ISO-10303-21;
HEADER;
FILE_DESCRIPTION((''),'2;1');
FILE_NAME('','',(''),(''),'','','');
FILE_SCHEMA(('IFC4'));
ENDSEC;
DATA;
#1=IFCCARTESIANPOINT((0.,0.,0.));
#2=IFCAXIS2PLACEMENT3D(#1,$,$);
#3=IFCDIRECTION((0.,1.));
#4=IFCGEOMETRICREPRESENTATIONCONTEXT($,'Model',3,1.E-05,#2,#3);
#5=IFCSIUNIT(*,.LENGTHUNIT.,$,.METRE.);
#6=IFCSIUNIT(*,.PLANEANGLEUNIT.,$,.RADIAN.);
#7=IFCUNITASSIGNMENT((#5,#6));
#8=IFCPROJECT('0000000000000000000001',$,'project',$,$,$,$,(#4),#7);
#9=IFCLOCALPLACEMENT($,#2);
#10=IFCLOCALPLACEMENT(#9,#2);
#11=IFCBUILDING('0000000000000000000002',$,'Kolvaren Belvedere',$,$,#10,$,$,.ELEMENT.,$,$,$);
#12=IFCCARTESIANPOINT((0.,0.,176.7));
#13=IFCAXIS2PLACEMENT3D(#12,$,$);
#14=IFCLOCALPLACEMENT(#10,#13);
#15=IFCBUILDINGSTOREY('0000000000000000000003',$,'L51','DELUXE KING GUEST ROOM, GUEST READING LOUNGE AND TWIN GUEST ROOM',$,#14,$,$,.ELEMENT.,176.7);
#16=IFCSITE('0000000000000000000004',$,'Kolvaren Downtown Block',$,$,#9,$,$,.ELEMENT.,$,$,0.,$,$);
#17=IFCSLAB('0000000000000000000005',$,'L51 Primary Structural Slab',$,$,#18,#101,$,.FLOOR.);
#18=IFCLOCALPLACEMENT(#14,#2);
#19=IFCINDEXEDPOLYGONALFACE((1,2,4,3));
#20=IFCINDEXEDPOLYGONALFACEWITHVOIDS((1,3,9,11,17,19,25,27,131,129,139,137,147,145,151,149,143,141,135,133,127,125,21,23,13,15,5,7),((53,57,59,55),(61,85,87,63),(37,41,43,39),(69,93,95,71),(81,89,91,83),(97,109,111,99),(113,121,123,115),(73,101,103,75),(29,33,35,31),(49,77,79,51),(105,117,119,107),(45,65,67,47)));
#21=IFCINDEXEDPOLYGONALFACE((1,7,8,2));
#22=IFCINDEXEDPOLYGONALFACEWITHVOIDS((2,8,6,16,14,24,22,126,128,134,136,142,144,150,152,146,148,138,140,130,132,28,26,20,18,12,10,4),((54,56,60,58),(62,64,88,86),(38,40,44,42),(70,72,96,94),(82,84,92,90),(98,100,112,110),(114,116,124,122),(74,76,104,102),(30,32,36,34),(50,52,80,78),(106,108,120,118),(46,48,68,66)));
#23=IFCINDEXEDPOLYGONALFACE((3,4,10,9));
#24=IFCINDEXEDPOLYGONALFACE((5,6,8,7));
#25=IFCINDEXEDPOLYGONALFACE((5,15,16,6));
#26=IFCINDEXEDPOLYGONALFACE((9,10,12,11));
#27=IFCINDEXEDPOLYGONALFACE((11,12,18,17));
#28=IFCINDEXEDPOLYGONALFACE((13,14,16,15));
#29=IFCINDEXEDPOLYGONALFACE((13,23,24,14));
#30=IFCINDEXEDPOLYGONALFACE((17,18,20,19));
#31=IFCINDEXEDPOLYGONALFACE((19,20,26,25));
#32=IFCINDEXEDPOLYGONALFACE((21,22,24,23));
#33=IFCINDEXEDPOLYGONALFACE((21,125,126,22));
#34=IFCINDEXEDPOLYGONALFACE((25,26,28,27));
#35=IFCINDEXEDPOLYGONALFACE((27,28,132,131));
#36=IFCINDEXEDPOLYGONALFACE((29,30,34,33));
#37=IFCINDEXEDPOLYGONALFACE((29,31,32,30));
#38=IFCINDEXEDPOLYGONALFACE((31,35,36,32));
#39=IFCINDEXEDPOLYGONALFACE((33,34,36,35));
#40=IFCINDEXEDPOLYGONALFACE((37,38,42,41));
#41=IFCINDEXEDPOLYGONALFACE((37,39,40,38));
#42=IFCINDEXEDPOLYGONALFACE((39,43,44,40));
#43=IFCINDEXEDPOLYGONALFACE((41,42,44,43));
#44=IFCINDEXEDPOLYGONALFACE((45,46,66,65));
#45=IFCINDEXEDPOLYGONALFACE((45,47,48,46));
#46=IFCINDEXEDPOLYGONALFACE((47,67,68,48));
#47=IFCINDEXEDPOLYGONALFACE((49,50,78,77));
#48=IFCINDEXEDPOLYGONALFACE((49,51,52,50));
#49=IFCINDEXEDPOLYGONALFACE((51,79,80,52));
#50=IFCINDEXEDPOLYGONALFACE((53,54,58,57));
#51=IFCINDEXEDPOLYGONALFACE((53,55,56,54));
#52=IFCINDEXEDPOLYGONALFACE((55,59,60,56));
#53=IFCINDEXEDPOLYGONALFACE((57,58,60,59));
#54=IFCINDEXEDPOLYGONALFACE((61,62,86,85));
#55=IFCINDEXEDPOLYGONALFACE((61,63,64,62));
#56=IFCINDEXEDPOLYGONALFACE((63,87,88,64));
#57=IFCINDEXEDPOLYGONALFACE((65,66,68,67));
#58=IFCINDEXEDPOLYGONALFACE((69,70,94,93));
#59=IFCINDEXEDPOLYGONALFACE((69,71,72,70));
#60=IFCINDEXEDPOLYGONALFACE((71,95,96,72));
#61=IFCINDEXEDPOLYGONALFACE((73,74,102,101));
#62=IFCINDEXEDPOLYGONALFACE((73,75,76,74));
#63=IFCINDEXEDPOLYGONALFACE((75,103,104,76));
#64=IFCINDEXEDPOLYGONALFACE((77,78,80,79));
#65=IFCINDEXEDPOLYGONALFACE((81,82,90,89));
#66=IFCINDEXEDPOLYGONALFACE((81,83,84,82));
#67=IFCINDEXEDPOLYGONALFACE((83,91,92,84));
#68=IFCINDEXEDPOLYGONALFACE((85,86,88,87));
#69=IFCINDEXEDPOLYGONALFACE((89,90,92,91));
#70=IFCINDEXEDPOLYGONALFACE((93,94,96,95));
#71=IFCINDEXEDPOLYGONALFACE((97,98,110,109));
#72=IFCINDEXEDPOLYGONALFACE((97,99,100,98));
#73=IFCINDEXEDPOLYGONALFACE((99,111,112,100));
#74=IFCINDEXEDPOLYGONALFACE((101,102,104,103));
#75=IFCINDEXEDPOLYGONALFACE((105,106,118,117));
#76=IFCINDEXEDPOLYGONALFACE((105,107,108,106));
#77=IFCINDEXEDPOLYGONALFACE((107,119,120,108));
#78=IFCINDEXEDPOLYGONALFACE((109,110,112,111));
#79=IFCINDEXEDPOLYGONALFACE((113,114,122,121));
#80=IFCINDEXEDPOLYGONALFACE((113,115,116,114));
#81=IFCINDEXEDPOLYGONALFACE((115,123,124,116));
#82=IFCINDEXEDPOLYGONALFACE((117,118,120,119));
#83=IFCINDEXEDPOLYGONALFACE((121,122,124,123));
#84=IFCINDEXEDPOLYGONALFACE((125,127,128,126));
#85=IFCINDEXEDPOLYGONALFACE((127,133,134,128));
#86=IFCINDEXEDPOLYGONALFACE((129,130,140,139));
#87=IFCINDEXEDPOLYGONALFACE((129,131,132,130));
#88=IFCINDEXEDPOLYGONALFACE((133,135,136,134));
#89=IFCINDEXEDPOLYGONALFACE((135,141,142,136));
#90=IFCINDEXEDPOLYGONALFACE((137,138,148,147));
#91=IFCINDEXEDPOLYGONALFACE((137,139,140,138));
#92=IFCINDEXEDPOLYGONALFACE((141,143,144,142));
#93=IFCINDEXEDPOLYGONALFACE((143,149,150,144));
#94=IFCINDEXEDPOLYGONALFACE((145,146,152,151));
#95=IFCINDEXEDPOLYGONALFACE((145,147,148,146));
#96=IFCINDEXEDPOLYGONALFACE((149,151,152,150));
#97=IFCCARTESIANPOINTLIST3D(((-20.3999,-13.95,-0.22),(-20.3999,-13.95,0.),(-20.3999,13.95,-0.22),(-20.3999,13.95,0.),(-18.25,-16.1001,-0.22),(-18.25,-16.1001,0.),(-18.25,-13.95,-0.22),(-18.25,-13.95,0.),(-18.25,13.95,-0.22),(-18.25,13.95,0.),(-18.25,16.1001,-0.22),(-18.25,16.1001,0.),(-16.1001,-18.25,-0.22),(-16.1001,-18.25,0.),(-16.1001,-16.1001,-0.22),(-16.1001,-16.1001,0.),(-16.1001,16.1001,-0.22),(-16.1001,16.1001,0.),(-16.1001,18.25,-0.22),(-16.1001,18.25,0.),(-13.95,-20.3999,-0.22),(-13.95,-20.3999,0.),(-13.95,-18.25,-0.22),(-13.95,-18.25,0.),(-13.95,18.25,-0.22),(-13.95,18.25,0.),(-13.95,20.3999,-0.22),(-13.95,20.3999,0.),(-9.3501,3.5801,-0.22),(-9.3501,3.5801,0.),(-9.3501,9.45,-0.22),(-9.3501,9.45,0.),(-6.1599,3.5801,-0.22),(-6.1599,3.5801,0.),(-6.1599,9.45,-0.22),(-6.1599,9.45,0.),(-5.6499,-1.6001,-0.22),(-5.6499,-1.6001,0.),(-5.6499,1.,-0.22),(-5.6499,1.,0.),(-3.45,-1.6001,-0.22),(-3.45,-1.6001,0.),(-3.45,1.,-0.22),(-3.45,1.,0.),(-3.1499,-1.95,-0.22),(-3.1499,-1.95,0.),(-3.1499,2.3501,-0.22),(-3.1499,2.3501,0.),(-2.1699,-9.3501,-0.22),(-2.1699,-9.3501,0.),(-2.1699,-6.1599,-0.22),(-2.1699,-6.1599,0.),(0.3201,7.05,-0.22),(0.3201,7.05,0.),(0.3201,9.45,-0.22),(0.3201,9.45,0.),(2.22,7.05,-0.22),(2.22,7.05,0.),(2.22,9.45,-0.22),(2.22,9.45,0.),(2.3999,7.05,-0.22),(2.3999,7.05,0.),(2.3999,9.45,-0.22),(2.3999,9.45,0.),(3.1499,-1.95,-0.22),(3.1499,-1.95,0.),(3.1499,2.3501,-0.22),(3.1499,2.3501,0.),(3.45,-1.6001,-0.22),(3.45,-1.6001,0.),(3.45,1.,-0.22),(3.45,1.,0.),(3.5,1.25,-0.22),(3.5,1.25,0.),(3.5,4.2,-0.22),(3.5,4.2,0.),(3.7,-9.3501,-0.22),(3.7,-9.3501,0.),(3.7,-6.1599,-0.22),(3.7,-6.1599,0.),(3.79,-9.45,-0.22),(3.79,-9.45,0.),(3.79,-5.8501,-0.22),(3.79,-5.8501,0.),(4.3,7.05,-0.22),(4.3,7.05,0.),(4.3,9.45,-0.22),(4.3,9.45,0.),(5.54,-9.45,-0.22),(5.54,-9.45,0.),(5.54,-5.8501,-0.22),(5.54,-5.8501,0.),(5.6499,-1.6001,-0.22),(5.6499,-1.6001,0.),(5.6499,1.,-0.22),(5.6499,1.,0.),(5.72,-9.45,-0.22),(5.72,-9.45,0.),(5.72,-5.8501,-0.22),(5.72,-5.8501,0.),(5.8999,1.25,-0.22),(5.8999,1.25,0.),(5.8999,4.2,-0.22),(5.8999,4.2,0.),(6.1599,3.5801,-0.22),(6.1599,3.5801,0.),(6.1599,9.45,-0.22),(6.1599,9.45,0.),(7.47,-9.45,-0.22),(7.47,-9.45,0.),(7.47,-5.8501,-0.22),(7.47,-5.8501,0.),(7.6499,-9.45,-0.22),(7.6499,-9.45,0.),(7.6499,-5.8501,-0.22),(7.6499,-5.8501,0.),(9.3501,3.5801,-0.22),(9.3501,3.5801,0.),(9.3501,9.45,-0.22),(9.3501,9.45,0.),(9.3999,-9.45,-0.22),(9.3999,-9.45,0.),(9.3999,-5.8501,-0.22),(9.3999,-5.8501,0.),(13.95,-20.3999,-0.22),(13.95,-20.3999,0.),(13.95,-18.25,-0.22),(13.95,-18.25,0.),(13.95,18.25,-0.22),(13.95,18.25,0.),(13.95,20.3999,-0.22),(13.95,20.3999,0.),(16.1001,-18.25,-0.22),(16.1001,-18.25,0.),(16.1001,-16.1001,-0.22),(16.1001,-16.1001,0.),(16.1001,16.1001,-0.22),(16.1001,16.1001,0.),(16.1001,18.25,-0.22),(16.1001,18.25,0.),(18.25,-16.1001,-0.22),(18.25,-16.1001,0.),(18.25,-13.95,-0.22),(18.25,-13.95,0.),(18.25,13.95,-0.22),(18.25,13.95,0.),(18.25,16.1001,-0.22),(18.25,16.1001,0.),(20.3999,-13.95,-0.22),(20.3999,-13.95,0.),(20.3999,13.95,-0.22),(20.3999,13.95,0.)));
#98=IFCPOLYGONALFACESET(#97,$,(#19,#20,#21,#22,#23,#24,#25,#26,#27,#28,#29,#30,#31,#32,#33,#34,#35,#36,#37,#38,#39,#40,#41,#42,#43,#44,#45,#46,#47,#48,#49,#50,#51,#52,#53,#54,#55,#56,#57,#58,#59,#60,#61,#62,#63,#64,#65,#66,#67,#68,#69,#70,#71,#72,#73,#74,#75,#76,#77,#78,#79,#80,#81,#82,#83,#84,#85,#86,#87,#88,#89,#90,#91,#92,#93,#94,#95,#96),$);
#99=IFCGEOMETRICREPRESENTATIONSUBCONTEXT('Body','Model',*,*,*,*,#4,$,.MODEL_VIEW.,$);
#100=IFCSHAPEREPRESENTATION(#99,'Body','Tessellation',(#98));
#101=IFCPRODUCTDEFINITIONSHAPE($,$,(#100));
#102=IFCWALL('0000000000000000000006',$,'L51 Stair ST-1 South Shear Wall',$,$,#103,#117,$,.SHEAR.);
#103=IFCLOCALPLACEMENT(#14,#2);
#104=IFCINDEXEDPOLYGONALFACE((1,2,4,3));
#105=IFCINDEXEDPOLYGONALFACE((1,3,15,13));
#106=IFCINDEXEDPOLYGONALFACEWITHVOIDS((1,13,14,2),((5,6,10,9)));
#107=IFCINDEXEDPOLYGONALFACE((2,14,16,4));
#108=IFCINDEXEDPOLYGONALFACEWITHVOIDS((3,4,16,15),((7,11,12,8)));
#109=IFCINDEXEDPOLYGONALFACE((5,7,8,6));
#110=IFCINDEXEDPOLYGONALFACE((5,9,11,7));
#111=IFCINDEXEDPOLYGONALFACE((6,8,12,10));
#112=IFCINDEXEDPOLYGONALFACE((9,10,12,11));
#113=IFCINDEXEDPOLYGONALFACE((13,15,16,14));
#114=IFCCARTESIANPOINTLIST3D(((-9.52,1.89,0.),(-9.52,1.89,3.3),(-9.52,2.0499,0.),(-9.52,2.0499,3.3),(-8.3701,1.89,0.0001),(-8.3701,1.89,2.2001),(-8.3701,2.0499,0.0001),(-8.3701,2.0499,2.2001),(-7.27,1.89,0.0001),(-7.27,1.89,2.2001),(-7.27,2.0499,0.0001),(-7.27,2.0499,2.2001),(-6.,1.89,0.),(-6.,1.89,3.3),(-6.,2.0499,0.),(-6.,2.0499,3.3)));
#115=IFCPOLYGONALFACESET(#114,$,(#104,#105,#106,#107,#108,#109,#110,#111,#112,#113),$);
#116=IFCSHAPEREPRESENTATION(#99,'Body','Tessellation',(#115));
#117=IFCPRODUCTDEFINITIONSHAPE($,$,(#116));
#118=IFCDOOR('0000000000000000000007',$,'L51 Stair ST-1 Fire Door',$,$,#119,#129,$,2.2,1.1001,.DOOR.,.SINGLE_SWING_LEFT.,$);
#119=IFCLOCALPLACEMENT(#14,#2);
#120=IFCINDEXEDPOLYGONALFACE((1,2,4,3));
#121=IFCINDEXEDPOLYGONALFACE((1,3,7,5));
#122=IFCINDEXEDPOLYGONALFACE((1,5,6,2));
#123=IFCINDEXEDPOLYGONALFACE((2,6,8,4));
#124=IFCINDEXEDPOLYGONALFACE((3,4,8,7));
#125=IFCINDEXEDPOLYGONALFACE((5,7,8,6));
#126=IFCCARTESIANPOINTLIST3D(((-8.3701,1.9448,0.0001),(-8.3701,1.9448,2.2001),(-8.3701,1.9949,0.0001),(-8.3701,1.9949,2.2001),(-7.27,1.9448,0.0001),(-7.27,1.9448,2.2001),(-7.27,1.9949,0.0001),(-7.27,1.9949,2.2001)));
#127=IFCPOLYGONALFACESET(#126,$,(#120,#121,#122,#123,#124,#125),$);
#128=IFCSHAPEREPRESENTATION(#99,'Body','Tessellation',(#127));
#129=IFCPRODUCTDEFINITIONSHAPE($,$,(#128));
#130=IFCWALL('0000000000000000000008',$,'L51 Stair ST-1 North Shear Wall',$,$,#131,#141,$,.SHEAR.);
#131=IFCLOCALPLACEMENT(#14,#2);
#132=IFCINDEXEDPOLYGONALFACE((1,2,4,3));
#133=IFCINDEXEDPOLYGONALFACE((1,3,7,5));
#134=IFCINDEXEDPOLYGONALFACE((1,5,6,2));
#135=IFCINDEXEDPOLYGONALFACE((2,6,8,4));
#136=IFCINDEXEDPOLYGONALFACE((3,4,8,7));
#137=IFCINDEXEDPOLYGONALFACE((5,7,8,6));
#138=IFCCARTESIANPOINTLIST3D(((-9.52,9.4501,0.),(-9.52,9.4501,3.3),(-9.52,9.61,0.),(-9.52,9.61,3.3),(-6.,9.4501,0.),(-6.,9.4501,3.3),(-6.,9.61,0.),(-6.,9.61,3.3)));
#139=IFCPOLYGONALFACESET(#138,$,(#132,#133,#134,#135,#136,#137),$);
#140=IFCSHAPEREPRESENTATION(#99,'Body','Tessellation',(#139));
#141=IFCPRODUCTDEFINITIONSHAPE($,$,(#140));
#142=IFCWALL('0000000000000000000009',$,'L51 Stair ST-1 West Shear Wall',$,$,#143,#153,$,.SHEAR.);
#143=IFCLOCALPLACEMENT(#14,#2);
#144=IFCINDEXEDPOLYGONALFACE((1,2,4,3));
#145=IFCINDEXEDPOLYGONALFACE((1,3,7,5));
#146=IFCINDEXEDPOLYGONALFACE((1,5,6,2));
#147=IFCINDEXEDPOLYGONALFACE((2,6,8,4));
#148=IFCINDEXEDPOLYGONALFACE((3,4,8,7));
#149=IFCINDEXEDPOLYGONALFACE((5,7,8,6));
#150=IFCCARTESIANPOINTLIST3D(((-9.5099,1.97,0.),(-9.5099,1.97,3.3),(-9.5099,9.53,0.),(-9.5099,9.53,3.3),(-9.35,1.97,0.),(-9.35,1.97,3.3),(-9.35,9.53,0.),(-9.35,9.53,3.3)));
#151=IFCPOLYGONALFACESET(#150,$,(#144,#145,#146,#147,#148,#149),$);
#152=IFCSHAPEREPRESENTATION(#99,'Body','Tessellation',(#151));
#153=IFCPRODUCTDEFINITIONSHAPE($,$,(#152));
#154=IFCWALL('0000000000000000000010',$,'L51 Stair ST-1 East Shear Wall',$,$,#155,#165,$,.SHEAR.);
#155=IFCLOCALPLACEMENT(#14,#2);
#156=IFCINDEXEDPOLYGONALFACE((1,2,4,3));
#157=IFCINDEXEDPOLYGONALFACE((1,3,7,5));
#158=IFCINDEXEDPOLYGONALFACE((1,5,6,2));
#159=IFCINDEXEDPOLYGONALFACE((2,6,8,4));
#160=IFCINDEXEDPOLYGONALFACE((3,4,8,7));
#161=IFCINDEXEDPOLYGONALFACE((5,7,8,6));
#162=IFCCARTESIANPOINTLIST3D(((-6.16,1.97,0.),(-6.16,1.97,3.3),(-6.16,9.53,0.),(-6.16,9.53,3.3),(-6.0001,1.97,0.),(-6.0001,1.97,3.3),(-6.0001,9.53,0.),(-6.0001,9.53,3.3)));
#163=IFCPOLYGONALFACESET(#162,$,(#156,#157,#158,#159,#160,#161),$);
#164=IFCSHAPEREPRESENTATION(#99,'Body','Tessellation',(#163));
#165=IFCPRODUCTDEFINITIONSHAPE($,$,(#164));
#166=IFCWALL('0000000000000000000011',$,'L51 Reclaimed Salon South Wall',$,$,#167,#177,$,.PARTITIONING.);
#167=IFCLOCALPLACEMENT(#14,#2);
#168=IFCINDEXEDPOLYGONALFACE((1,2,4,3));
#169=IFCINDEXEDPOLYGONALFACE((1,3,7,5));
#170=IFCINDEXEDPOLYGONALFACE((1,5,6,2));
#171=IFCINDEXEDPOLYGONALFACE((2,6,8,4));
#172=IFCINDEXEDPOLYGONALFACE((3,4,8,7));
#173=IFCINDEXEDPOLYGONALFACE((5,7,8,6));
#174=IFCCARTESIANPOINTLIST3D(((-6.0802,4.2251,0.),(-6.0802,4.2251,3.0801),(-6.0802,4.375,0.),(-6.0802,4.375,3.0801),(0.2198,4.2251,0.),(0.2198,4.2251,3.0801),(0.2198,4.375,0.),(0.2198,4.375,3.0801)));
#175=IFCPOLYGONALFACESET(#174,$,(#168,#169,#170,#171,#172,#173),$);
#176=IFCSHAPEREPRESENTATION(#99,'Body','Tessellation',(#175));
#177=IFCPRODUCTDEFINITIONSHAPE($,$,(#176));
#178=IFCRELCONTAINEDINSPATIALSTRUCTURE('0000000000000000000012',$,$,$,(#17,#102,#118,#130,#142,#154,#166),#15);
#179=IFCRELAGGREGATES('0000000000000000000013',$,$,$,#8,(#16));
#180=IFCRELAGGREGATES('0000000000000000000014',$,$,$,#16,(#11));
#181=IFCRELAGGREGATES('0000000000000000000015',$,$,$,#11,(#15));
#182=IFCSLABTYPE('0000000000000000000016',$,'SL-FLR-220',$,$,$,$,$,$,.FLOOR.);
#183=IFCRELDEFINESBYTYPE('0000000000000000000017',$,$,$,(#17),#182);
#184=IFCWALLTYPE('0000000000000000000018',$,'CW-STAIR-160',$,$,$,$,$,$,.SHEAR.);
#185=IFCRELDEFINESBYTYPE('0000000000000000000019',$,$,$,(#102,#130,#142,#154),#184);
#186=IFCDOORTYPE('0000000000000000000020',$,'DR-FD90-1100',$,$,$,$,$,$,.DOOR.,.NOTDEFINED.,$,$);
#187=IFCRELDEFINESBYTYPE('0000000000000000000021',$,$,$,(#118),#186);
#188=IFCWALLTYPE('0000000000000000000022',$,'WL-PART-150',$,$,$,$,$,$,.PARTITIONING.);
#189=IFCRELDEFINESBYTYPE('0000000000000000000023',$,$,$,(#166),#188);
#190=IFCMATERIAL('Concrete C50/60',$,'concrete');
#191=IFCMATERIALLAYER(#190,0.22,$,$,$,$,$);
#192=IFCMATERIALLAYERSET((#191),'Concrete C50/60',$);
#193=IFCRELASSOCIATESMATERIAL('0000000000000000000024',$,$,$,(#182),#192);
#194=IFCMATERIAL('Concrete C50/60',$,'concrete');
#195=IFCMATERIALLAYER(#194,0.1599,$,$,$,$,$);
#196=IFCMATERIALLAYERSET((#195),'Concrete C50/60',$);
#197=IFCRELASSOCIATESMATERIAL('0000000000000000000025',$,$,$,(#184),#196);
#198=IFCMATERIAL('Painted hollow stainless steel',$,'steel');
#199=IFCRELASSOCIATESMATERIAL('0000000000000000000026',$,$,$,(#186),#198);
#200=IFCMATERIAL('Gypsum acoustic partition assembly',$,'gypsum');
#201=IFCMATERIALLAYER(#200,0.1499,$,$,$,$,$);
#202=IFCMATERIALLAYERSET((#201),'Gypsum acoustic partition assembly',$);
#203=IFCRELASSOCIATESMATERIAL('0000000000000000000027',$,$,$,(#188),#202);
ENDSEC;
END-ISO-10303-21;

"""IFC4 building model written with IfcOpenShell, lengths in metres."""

from ifc_helpers import new_model, si_unit, direction, frame, frame_2d, origin, place, context, subcontext, project, spatial, polyline, rectangle, outline, extrude, material, layer, layer_set, type_object, element, fill, save


model = new_model("IFC4")

# Units and contexts
model_context = context("Model", 3, precision=1e-05, world=origin(), true_north=direction((0.0, 1.0)))
body_context = subcontext(model_context, "Body", "Model", "MODEL_VIEW")
ifc_project = project(units=[si_unit("LENGTHUNIT", "METRE"), si_unit("PLANEANGLEUNIT", "RADIAN")], contexts=[model_context])

# Site, building, storey
site_placement = place(None, origin())
site = spatial("IfcSite", under=ifc_project, at=site_placement, Name="Kolvaren Downtown Block", CompositionType="ELEMENT", RefElevation=0.0)
building_placement = place(site_placement, origin())
building = spatial("IfcBuilding", under=site, at=building_placement, Name="Kolvaren Belvedere", CompositionType="ELEMENT")
storey_placement = place(building_placement, frame((0.0, 0.0, 176.7)))
storey = spatial("IfcBuildingStorey", under=building, at=storey_placement, Name="L51", Description="DELUXE KING GUEST ROOM, GUEST READING LOUNGE AND TWIN GUEST ROOM", CompositionType="ELEMENT", Elevation=176.7)

# Slab
ifc_material_1 = material(Name="Concrete C50/60", Category="concrete")
ifc_layer_1 = layer(ifc_material_1, 0.22)
ifc_layer_set_1 = layer_set([ifc_layer_1], Name="Concrete C50/60")
slab_type_1 = type_object("IfcSlabType", Name="SL-FLR-220", PredefinedType="FLOOR", material=ifc_layer_set_1)
slab_1_placement = place(storey_placement, frame((0.0, 0.0, -0.22)))
element("IfcSlab", 1, at=slab_1_placement, inside=storey, type_object=slab_type_1, Name="L51 Primary Structural Slab", PredefinedType="FLOOR", context=body_context, shape_type="SweptSolid", body=[
    extrude(outline(polyline([(-13.95, -20.3999), (13.95, -20.3999), (13.95, -18.25), (16.1001, -18.25), (16.1001, -16.1001), (18.25, -16.1001), (18.25, -13.95), (20.3999, -13.95), (20.3999, 13.95), (18.25, 13.95), (18.25, 16.1001), (16.1001, 16.1001), (16.1001, 18.25), (13.95, 18.25), (13.95, 20.3999), (-13.95, 20.3999), (-13.95, 18.25), (-16.1001, 18.25), (-16.1001, 16.1001), (-18.25, 16.1001), (-18.25, 13.95), (-20.3999, 13.95), (-20.3999, -13.95), (-18.25, -13.95), (-18.25, -16.1001), (-16.1001, -16.1001), (-16.1001, -18.25), (-13.95, -18.25), (-13.95, -20.3999)]), holes=[polyline([(-9.3501, 3.5801), (-6.1599, 3.5801), (-6.1599, 9.45), (-9.3501, 9.45), (-9.3501, 3.5801)]), polyline([(6.1599, 3.5801), (9.3501, 3.5801), (9.3501, 9.45), (6.1599, 9.45), (6.1599, 3.5801)]), polyline([(-2.1699, -9.3501), (3.7, -9.3501), (3.7, -6.1599), (-2.1699, -6.1599), (-2.1699, -9.3501)]), polyline([(-5.6499, -1.6001), (-3.45, -1.6001), (-3.45, 1.0), (-5.6499, 1.0), (-5.6499, -1.6001)]), polyline([(3.5, 1.25), (5.8999, 1.25), (5.8999, 4.2), (3.5, 4.2), (3.5, 1.25)]), polyline([(3.45, -1.6001), (5.6499, -1.6001), (5.6499, 1.0), (3.45, 1.0), (3.45, -1.6001)]), polyline([(3.79, -9.45), (5.54, -9.45), (5.54, -5.8501), (3.79, -5.8501), (3.79, -9.45)]), polyline([(5.72, -9.45), (7.47, -9.45), (7.47, -5.8501), (5.72, -5.8501), (5.72, -9.45)]), polyline([(7.6499, -9.45), (9.3999, -9.45), (9.3999, -5.8501), (7.6499, -5.8501), (7.6499, -9.45)]), polyline([(0.3201, 7.05), (2.22, 7.05), (2.22, 9.45), (0.3201, 9.45), (0.3201, 7.05)]), polyline([(2.3999, 7.05), (4.3, 7.05), (4.3, 9.45), (2.3999, 9.45), (2.3999, 7.05)]), polyline([(-3.1499, -1.95), (3.1499, -1.95), (3.1499, 2.3501), (-3.1499, 2.3501), (-3.1499, -1.95)])]), origin(), (0.0, 0.0, 1.0), 0.22),
])

# Wall, opening, door
ifc_material_2 = material(Name="Concrete C50/60", Category="concrete")
ifc_layer_2 = layer(ifc_material_2, 0.1599)
ifc_layer_set_2 = layer_set([ifc_layer_2], Name="Concrete C50/60")
wall_type_1 = type_object("IfcWallType", Name="CW-STAIR-160", PredefinedType="SHEAR", material=ifc_layer_set_2)
wall_1_placement = place(storey_placement, frame((-9.52, 1.97, 0.0), z_axis=(0.0, 0.0, 1.0), x_axis=(1.0, 0.0, 0.0)))
wall_1 = element("IfcWall", 2, at=wall_1_placement, inside=storey, type_object=wall_type_1, Name="L51 Stair ST-1 South Shear Wall", PredefinedType="SHEAR", context=body_context, shape_type="SweptSolid", body=[
    extrude(rectangle(XDim=3.52, YDim=0.1599, at=frame_2d((1.76, 0.0))), origin(), (0.0, 0.0, 1.0), 3.3),
])
opening_1_placement = place(wall_1_placement, frame((1.1499, 0.0, 0.0)))
opening_1 = element("IfcOpeningElement", 3, at=opening_1_placement, cuts=wall_1, PredefinedType="OPENING", context=body_context, shape_type="SweptSolid", body=[
    extrude(rectangle(XDim=1.1001, YDim=2.2, at=frame_2d((0.55, 1.1001))), frame((0.0, 0.0898, 0.0), z_axis=(0.0, -1.0, 0.0), x_axis=(1.0, 0.0, 0.0)), (0.0, 0.0, 1.0), 0.1799),
])
ifc_material_3 = material(Name="Painted hollow stainless steel", Category="steel")
door_type_1 = type_object("IfcDoorType", Name="DR-FD90-1100", OperationType="NOTDEFINED", PredefinedType="DOOR", material=ifc_material_3)
door_1_placement = place(opening_1_placement, origin())
door_1 = element("IfcDoor", 4, at=door_1_placement, inside=storey, type_object=door_type_1, Name="L51 Stair ST-1 Fire Door", OperationType="SINGLE_SWING_LEFT", OverallHeight=2.2, OverallWidth=1.1001, PredefinedType="DOOR", context=body_context, shape_type="SweptSolid", body=[
    extrude(rectangle(XDim=1.1001, YDim=2.2, at=frame_2d((0.55, 1.1001))), frame((0.0, 0.0249, 0.0), z_axis=(0.0, -1.0, 0.0), x_axis=(1.0, 0.0, 0.0)), (0.0, 0.0, 1.0), 0.05),
])
fill(opening_1, door_1)

# Walls
wall_2_placement = place(storey_placement, frame((-9.52, 9.53, 0.0), z_axis=(0.0, 0.0, 1.0), x_axis=(1.0, 0.0, 0.0)))
element("IfcWall", 5, at=wall_2_placement, inside=storey, type_object=wall_type_1, Name="L51 Stair ST-1 North Shear Wall", PredefinedType="SHEAR", context=body_context, shape_type="SweptSolid", body=[
    extrude(rectangle(XDim=3.52, YDim=0.1599, at=frame_2d((1.76, 0.0))), origin(), (0.0, 0.0, 1.0), 3.3),
])
for number, where, z_axis, x_axis, name in (
    (6, (-9.4299, 1.97, 0.0), (0.0, 0.0, 1.0), (0.0, 1.0, 0.0), "L51 Stair ST-1 West Shear Wall"),
    (7, (-6.0801, 1.97, 0.0), (0.0, 0.0, 1.0), (0.0, 1.0, 0.0), "L51 Stair ST-1 East Shear Wall"),
):
    element("IfcWall", number, at=place(storey_placement, frame(where, z_axis=z_axis, x_axis=x_axis)), inside=storey, type_object=wall_type_1, Name=name, PredefinedType="SHEAR", context=body_context, shape_type="SweptSolid", body=[
        extrude(rectangle(XDim=7.5601, YDim=0.1599, at=frame_2d((3.78, 0.0))), origin(), (0.0, 0.0, 1.0), 3.3),
    ])
ifc_material_4 = material(Name="Gypsum acoustic partition assembly", Category="gypsum")
ifc_layer_3 = layer(ifc_material_4, 0.1499)
ifc_layer_set_3 = layer_set([ifc_layer_3], Name="Gypsum acoustic partition assembly")
wall_type_2 = type_object("IfcWallType", Name="WL-PART-150", PredefinedType="PARTITIONING", material=ifc_layer_set_3)
wall_3_placement = place(storey_placement, frame((-6.0801, 4.3, 0.0), z_axis=(0.0, 0.0, 1.0), x_axis=(1.0, 0.0, 0.0)))
element("IfcWall", 8, at=wall_3_placement, inside=storey, type_object=wall_type_2, Name="L51 Reclaimed Salon South Wall", PredefinedType="PARTITIONING", context=body_context, shape_type="SweptSolid", body=[
    extrude(rectangle(XDim=6.3, YDim=0.1499, at=frame_2d((3.1499, 0.0))), origin(), (0.0, 0.0, 1.0), 3.0801),
])

save(model, "model.ifc")
